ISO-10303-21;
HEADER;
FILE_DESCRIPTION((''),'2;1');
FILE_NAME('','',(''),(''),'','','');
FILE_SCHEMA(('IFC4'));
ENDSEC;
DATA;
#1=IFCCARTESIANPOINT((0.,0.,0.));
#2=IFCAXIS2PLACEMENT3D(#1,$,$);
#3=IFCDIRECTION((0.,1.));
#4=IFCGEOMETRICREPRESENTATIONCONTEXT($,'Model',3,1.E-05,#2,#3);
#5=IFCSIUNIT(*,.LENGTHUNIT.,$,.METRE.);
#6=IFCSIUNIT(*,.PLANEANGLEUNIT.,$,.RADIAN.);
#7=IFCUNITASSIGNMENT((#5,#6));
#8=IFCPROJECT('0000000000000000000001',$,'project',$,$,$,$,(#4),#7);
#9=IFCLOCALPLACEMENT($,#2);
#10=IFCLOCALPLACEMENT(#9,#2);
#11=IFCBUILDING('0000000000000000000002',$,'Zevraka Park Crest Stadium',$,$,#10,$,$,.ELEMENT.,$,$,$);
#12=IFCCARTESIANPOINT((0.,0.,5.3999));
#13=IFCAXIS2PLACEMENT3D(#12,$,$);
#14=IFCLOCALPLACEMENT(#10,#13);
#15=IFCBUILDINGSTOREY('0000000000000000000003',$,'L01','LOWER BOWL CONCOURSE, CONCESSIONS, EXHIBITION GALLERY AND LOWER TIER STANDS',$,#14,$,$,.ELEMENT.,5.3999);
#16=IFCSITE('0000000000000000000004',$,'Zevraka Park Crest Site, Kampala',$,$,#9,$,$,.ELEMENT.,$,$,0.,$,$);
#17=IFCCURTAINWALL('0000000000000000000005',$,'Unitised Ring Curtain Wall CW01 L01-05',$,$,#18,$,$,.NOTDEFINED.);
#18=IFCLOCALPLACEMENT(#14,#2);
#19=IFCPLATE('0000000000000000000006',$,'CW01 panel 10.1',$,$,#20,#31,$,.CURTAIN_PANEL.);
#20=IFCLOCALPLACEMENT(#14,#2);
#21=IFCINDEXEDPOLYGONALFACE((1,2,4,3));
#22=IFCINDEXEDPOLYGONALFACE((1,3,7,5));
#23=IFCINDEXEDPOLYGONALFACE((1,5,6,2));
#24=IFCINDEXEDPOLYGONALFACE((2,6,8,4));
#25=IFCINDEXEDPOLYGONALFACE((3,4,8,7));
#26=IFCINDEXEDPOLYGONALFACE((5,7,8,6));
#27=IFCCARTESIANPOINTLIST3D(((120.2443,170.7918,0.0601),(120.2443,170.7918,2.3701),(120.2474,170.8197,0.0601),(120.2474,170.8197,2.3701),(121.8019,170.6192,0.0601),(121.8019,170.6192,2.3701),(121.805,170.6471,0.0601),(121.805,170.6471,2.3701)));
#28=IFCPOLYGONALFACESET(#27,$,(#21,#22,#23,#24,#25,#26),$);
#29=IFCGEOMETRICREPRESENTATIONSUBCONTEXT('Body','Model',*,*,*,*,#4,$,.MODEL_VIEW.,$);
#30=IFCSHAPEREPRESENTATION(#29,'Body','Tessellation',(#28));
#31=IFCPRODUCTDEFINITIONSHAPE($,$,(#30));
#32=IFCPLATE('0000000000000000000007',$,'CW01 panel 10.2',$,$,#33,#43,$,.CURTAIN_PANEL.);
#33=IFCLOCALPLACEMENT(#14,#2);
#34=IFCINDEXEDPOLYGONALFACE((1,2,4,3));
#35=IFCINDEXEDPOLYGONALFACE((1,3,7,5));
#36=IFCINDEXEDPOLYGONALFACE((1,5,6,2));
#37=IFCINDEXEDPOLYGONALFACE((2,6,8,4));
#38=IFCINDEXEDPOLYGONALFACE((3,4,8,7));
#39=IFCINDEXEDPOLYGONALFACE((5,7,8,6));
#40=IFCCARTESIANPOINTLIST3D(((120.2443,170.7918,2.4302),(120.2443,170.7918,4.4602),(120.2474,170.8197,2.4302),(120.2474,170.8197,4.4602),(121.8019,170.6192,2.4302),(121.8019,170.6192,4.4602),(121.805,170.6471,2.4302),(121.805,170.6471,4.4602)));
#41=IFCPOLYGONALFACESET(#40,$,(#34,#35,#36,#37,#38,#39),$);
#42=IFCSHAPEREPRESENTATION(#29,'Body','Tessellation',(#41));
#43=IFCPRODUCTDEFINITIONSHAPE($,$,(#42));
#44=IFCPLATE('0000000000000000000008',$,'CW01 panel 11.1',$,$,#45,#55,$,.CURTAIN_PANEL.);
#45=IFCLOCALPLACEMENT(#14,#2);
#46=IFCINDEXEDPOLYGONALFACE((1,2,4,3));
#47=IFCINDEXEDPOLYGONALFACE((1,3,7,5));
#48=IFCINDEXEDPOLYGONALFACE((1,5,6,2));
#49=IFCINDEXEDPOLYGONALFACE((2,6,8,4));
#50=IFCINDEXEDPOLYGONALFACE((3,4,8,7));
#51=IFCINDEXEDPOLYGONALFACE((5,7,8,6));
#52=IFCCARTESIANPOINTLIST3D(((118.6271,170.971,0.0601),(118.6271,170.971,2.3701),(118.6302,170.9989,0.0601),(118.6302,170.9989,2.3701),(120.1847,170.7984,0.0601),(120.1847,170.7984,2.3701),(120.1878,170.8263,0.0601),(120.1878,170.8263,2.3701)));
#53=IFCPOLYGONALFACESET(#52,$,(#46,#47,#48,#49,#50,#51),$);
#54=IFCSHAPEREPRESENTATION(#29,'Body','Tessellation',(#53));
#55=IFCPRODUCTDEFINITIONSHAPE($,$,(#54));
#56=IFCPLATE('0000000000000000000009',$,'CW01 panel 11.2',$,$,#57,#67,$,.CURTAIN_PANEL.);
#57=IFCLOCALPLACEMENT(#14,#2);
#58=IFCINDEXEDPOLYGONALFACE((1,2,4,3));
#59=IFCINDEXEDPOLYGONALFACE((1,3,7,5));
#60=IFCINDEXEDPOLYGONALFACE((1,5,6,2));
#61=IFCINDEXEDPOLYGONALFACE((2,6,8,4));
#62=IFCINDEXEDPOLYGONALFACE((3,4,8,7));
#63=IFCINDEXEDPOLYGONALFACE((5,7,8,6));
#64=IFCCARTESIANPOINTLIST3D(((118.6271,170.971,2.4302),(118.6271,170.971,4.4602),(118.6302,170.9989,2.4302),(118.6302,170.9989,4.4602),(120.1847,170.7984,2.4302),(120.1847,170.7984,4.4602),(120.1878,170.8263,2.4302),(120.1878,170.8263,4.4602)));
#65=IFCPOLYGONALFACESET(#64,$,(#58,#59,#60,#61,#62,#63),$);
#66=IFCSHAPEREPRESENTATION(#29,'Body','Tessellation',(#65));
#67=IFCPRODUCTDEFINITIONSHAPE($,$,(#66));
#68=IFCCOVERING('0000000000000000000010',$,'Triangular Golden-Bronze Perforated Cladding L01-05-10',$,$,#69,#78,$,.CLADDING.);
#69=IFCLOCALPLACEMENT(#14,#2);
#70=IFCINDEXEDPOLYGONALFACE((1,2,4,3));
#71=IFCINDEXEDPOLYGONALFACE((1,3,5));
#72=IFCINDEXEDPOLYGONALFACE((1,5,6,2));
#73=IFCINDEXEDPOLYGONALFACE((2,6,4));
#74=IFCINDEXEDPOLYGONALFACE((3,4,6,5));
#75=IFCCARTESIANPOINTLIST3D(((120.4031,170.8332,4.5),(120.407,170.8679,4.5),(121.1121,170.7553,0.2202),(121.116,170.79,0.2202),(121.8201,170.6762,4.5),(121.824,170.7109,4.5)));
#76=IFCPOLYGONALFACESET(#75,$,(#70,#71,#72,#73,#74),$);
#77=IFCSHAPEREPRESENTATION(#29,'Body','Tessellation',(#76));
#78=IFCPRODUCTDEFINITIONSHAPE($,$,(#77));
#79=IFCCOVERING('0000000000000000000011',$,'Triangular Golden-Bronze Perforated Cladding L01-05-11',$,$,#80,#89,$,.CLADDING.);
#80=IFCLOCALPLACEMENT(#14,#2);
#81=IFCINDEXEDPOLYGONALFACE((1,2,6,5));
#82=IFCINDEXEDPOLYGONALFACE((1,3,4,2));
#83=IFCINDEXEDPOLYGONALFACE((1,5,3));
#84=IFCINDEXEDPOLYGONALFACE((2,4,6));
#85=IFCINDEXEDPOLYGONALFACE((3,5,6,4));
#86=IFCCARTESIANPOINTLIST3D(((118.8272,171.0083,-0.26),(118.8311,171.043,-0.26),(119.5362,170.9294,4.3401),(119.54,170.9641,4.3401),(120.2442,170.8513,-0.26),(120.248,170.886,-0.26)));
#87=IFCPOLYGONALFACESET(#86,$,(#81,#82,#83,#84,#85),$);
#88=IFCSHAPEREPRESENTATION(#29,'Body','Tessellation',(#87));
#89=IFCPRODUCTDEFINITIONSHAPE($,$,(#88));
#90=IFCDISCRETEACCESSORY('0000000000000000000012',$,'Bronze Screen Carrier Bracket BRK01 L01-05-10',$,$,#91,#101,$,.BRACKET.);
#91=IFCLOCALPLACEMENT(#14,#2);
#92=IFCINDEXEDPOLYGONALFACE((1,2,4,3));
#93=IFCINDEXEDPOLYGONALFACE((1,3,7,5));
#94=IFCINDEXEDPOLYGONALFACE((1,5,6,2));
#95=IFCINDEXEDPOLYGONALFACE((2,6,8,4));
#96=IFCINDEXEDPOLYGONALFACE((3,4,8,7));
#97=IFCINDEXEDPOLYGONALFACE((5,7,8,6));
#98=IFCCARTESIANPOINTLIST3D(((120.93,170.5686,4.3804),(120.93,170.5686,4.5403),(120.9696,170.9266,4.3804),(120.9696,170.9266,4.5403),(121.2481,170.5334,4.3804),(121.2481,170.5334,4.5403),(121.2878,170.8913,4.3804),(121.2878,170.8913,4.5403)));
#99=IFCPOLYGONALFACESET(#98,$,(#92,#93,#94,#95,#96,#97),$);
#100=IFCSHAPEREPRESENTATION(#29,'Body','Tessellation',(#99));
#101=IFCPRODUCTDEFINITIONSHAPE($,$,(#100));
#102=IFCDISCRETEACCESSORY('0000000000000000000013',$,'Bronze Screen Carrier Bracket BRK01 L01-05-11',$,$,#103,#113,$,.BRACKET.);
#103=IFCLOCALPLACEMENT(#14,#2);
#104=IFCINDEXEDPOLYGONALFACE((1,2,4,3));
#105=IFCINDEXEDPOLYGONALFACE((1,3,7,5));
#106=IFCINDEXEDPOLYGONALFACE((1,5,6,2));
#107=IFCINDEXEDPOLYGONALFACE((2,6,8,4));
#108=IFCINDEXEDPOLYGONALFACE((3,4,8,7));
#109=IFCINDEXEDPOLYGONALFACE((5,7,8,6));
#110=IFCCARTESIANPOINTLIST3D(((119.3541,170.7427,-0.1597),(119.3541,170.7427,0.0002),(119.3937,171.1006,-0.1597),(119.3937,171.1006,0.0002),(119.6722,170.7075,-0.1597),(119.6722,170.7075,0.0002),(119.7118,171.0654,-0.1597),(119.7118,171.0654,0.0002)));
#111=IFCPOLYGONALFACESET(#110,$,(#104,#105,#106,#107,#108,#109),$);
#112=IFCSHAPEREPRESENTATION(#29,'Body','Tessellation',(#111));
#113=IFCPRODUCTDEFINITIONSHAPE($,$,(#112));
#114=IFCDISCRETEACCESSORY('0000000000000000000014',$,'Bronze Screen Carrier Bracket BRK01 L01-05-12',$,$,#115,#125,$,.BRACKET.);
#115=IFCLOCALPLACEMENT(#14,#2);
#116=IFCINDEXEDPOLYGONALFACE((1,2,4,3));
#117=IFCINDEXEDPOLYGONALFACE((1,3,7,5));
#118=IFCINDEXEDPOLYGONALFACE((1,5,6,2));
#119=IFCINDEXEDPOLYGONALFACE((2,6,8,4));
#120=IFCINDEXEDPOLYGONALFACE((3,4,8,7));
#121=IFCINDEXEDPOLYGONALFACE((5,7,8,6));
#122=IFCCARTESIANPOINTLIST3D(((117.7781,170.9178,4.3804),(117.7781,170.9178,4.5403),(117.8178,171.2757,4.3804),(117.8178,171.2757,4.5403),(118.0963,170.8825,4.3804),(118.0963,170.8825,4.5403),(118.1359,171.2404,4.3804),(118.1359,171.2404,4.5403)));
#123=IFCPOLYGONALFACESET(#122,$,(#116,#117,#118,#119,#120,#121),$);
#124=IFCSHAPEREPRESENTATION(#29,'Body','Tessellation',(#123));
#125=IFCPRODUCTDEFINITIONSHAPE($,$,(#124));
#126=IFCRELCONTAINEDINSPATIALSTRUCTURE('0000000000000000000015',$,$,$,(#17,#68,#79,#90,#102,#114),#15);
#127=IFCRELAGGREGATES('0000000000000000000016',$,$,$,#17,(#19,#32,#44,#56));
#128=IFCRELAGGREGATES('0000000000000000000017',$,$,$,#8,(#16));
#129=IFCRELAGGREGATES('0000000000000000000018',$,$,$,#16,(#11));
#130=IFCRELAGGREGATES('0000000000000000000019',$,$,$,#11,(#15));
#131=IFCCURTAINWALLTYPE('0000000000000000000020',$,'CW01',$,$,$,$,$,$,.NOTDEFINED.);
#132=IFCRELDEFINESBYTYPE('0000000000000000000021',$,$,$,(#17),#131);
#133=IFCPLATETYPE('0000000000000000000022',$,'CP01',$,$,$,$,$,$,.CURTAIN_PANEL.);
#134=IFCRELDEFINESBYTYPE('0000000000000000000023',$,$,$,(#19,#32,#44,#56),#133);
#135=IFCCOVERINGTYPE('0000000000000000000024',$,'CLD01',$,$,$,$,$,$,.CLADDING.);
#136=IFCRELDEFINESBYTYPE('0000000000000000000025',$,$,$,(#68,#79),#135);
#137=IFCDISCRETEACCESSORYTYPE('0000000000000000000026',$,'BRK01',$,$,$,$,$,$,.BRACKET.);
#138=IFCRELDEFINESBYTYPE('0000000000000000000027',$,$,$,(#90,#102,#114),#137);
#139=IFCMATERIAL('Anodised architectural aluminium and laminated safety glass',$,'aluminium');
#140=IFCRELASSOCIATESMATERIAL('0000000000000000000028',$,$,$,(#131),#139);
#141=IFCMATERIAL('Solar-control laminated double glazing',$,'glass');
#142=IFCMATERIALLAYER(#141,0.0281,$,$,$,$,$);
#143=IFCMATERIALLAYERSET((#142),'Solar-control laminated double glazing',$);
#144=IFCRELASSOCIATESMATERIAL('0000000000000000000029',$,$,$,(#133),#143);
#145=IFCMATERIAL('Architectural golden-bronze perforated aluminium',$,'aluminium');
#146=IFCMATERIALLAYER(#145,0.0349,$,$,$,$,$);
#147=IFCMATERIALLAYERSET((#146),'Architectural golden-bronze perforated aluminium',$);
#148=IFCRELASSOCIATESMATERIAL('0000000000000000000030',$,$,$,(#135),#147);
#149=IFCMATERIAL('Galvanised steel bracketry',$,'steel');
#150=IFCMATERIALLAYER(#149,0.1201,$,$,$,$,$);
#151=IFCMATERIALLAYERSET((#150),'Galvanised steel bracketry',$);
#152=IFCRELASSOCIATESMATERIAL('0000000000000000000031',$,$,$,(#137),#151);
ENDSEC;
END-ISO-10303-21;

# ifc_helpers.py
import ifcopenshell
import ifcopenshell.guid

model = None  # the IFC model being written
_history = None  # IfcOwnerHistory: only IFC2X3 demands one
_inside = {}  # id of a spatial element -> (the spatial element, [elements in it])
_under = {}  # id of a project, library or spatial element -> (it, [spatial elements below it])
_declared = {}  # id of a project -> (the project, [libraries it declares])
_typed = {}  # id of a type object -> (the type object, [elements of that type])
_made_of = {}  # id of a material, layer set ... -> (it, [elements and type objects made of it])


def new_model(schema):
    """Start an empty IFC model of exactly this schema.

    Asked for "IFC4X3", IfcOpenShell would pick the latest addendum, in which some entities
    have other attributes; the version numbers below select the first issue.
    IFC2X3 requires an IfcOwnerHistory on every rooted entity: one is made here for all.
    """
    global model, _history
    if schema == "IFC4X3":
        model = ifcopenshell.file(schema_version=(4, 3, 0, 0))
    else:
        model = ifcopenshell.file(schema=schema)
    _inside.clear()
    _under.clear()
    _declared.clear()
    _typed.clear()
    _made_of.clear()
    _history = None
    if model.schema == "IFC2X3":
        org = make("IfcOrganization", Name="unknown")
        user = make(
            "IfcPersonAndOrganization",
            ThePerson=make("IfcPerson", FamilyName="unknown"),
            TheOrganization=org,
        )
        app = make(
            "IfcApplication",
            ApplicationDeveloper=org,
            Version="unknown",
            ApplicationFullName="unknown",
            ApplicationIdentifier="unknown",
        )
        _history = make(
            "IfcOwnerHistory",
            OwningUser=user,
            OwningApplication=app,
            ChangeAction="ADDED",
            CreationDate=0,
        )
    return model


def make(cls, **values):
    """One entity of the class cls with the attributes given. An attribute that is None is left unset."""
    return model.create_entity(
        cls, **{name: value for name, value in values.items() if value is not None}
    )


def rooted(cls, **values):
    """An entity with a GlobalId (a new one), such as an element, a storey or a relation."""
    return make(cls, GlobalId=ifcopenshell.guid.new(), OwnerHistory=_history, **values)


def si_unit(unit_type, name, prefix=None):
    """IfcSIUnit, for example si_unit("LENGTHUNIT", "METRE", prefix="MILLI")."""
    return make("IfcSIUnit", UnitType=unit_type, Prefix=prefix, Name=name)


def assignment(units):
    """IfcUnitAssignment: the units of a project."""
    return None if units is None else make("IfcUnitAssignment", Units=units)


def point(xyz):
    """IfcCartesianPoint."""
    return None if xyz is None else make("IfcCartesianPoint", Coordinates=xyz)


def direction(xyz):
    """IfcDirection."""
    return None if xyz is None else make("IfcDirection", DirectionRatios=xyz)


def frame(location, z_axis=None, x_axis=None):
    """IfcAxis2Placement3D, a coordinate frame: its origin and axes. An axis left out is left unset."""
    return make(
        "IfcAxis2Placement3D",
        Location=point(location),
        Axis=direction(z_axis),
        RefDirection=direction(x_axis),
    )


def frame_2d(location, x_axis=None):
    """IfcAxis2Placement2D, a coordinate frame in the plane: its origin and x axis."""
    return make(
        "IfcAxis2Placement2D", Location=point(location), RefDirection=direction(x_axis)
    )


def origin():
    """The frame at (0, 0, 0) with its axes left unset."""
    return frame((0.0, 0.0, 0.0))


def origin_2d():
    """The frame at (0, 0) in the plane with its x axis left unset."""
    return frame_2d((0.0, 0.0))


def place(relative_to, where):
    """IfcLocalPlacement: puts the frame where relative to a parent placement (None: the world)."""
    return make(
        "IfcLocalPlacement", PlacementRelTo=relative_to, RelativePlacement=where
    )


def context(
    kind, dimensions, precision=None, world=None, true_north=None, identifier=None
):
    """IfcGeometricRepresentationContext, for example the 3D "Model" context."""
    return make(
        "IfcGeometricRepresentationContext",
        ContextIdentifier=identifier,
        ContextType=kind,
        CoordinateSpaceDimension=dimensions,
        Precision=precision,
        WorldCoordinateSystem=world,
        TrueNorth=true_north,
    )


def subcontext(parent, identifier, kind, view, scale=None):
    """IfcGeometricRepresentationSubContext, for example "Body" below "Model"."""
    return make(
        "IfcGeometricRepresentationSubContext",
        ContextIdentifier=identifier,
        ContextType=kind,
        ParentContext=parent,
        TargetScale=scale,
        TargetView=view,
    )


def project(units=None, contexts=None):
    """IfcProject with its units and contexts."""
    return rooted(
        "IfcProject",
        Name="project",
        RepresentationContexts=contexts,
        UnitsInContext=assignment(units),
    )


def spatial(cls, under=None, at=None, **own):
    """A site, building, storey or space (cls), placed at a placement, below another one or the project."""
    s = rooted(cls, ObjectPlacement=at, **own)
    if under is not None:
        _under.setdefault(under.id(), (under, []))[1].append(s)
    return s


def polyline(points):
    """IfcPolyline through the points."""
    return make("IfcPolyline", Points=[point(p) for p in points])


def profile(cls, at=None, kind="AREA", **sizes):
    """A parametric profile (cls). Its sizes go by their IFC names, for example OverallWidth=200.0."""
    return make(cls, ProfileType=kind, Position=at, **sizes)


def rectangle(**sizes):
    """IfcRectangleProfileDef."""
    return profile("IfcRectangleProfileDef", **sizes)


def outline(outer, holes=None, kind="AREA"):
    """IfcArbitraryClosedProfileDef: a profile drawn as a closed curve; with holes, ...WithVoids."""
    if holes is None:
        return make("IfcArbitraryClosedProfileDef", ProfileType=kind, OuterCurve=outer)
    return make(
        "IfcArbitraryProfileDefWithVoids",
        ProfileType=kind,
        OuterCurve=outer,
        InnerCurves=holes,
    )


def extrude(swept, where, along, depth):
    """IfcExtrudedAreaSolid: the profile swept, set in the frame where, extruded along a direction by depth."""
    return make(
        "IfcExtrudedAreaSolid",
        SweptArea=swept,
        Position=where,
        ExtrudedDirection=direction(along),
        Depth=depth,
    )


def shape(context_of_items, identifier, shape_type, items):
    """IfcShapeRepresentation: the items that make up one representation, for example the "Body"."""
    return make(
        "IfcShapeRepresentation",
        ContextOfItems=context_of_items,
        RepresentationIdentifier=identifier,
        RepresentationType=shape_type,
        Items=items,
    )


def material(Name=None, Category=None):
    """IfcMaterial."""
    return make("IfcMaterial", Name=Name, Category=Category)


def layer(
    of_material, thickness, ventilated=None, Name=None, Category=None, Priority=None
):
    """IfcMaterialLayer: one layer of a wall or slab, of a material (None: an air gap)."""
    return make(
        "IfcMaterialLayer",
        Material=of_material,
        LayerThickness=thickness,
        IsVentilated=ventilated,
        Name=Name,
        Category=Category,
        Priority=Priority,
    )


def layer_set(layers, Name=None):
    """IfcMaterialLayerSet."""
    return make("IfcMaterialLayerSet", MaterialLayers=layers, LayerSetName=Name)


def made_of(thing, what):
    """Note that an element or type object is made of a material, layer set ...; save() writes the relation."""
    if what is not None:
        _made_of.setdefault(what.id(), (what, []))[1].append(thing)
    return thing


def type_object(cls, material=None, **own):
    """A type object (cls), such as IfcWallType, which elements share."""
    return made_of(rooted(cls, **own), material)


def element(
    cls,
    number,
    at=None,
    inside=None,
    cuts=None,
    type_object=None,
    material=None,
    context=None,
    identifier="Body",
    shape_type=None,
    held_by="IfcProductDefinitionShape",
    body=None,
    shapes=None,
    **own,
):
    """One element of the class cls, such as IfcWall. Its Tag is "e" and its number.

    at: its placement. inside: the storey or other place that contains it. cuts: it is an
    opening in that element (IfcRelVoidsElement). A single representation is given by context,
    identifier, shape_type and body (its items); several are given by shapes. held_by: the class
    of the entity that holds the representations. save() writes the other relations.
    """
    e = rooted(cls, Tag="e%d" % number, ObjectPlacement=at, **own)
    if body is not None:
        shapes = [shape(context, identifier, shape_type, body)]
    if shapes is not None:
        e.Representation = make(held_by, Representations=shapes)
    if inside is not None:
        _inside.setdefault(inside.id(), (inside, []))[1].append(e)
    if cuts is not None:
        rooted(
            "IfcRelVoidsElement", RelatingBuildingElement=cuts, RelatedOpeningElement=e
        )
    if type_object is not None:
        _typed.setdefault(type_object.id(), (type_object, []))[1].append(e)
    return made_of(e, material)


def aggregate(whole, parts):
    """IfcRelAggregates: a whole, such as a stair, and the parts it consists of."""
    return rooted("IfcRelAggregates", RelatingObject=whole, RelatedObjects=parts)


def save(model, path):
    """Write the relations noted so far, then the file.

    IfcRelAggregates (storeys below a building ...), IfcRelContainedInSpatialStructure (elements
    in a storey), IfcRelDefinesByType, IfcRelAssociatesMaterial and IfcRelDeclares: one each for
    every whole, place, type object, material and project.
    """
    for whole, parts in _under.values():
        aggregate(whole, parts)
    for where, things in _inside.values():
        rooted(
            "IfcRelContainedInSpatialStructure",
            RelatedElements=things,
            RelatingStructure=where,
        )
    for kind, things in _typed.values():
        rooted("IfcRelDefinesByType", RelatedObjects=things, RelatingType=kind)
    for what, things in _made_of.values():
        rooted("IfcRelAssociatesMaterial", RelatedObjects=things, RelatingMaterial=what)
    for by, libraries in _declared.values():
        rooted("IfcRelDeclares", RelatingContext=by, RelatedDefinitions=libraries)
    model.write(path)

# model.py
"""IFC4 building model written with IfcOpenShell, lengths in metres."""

from ifc_helpers import new_model, si_unit, direction, frame, origin, origin_2d, place, context, subcontext, project, spatial, polyline, rectangle, outline, extrude, material, layer, layer_set, type_object, element, aggregate, save


model = new_model("IFC4")

# Units and contexts
model_context = context("Model", 3, precision=1e-05, world=origin(), true_north=direction((0.0, 1.0)))
body_context = subcontext(model_context, "Body", "Model", "MODEL_VIEW")
ifc_project = project(units=[si_unit("LENGTHUNIT", "METRE"), si_unit("PLANEANGLEUNIT", "RADIAN")], contexts=[model_context])

# Site, building, storey
site_placement = place(None, origin())
site = spatial("IfcSite", under=ifc_project, at=site_placement, Name="Zevraka Park Crest Site, Kampala", CompositionType="ELEMENT", RefElevation=0.0)
building_placement = place(site_placement, origin())
building = spatial("IfcBuilding", under=site, at=building_placement, Name="Zevraka Park Crest Stadium", CompositionType="ELEMENT")
storey_placement = place(building_placement, frame((0.0, 0.0, 5.3999)))
storey = spatial("IfcBuildingStorey", under=building, at=storey_placement, Name="L01", Description="LOWER BOWL CONCOURSE, CONCESSIONS, EXHIBITION GALLERY AND LOWER TIER STANDS", CompositionType="ELEMENT", Elevation=5.3999)

# Curtain wall
ifc_material_1 = material(Name="Anodised architectural aluminium and laminated safety glass", Category="aluminium")
curtain_wall_type = type_object("IfcCurtainWallType", Name="CW01", PredefinedType="NOTDEFINED", material=ifc_material_1)
curtain_wall_placement = place(storey_placement, origin())
curtain_wall = element("IfcCurtainWall", 1, at=curtain_wall_placement, inside=storey, type_object=curtain_wall_type, Name="Unitised Ring Curtain Wall CW01 L01-05", PredefinedType="NOTDEFINED")

# Plates
ifc_material_2 = material(Name="Solar-control laminated double glazing", Category="glass")
ifc_layer_1 = layer(ifc_material_2, 0.0281)
ifc_layer_set_1 = layer_set([ifc_layer_1], Name="Solar-control laminated double glazing")
plate_type = type_object("IfcPlateType", Name="CP01", PredefinedType="CURTAIN_PANEL", material=ifc_layer_set_1)
plate_1_placement = place(storey_placement, frame((121.0247, 170.7195, 0.0601), z_axis=(0.0, 0.0, 1.0), x_axis=(-0.993917, 0.110135, 0.0)))
plate_1 = element("IfcPlate", 2, at=plate_1_placement, type_object=plate_type, Name="CW01 panel 10.1", PredefinedType="CURTAIN_PANEL", context=body_context, shape_type="SweptSolid", body=[
    extrude(rectangle(XDim=1.5671, YDim=0.0281, at=origin_2d()), origin(), (0.0, 0.0, 1.0), 2.3101),
])
plate_2_placement = place(storey_placement, frame((121.0247, 170.7195, 2.4302), z_axis=(0.0, 0.0, 1.0), x_axis=(-0.993917, 0.110135, 0.0)))
plate_2 = element("IfcPlate", 3, at=plate_2_placement, type_object=plate_type, Name="CW01 panel 10.2", PredefinedType="CURTAIN_PANEL", context=body_context, shape_type="SweptSolid", body=[
    extrude(rectangle(XDim=1.5671, YDim=0.0281, at=origin_2d()), origin(), (0.0, 0.0, 1.0), 2.03),
])
plate_3_placement = place(storey_placement, frame((119.4075, 170.8987, 0.0601), z_axis=(0.0, 0.0, 1.0), x_axis=(-0.993917, 0.110135, 0.0)))
plate_3 = element("IfcPlate", 4, at=plate_3_placement, type_object=plate_type, Name="CW01 panel 11.1", PredefinedType="CURTAIN_PANEL", context=body_context, shape_type="SweptSolid", body=[
    extrude(rectangle(XDim=1.5671, YDim=0.0281, at=origin_2d()), origin(), (0.0, 0.0, 1.0), 2.3101),
])
plate_4_placement = place(storey_placement, frame((119.4075, 170.8987, 2.4302), z_axis=(0.0, 0.0, 1.0), x_axis=(-0.993917, 0.110135, 0.0)))
plate_4 = element("IfcPlate", 5, at=plate_4_placement, type_object=plate_type, Name="CW01 panel 11.2", PredefinedType="CURTAIN_PANEL", context=body_context, shape_type="SweptSolid", body=[
    extrude(rectangle(XDim=1.5671, YDim=0.0281, at=origin_2d()), origin(), (0.0, 0.0, 1.0), 2.03),
])
aggregate(curtain_wall, [plate_1, plate_2, plate_3, plate_4])

# Coverings
ifc_material_3 = material(Name="Architectural golden-bronze perforated aluminium", Category="aluminium")
ifc_layer_2 = layer(ifc_material_3, 0.0349)
ifc_layer_set_2 = layer_set([ifc_layer_2], Name="Architectural golden-bronze perforated aluminium")
covering_type = type_object("IfcCoveringType", Name="CLD01", PredefinedType="CLADDING", material=ifc_layer_set_2)
covering_1_placement = place(storey_placement, frame((120.407, 170.8679, 4.5), z_axis=(0.110112, 0.993919, 0.000154), x_axis=(0.993919, -0.110112, 0.0)))
element("IfcCovering", 6, at=covering_1_placement, inside=storey, type_object=covering_type, Name="Triangular Golden-Bronze Perforated Cladding L01-05-10", PredefinedType="CLADDING", context=body_context, shape_type="SweptSolid", body=[
    extrude(outline(polyline([(0.0, 0.0), (1.4257, 0.0), (0.7132, 4.2798), (0.0, 0.0)])), origin(), (0.0, 0.0, -1.0), 0.0349),
])
covering_2_placement = place(storey_placement, frame((120.248, 170.886, -0.26), z_axis=(0.110112, 0.993919, 0.000067), x_axis=(-0.993919, 0.110112, 0.0)))
element("IfcCovering", 7, at=covering_2_placement, inside=storey, type_object=covering_type, Name="Triangular Golden-Bronze Perforated Cladding L01-05-11", PredefinedType="CLADDING", context=body_context, shape_type="SweptSolid", body=[
    extrude(outline(polyline([(0.0, 0.0), (1.4257, 0.0), (0.7123, 4.6001), (0.0, 0.0)])), origin(), (0.0, 0.0, -1.0), 0.0349),
])

# Discrete accessories
ifc_material_4 = material(Name="Galvanised steel bracketry", Category="steel")
ifc_layer_3 = layer(ifc_material_4, 0.1201)
ifc_layer_set_3 = layer_set([ifc_layer_3], Name="Galvanised steel bracketry")
discrete_accessory_type = type_object("IfcDiscreteAccessoryType", Name="BRK01", PredefinedType="BRACKET", material=ifc_layer_set_3)
for number, where, z_axis, x_axis, name in (
    (8, (121.1089, 170.73, 4.3804), (0.0, 0.0, 1.0), (-0.993923, 0.110081, 0.0), "Bronze Screen Carrier Bracket BRK01 L01-05-10"),
    (9, (119.533, 170.9041, -0.1597), (0.0, 0.0, 1.0), (-0.993923, 0.110081, 0.0), "Bronze Screen Carrier Bracket BRK01 L01-05-11"),
    (10, (117.957, 171.0791, 4.3804), (0.0, 0.0, 1.0), (-0.993923, 0.110081, 0.0), "Bronze Screen Carrier Bracket BRK01 L01-05-12"),
):
    element("IfcDiscreteAccessory", number, at=place(storey_placement, frame(where, z_axis=z_axis, x_axis=x_axis)), inside=storey, type_object=discrete_accessory_type, Name=name, PredefinedType="BRACKET", context=body_context, shape_type="SweptSolid", body=[
        extrude(rectangle(XDim=0.3201, YDim=0.3601, at=origin_2d()), origin(), (0.0, 0.0, 1.0), 0.1599),
    ])

save(model, "model.ifc")
